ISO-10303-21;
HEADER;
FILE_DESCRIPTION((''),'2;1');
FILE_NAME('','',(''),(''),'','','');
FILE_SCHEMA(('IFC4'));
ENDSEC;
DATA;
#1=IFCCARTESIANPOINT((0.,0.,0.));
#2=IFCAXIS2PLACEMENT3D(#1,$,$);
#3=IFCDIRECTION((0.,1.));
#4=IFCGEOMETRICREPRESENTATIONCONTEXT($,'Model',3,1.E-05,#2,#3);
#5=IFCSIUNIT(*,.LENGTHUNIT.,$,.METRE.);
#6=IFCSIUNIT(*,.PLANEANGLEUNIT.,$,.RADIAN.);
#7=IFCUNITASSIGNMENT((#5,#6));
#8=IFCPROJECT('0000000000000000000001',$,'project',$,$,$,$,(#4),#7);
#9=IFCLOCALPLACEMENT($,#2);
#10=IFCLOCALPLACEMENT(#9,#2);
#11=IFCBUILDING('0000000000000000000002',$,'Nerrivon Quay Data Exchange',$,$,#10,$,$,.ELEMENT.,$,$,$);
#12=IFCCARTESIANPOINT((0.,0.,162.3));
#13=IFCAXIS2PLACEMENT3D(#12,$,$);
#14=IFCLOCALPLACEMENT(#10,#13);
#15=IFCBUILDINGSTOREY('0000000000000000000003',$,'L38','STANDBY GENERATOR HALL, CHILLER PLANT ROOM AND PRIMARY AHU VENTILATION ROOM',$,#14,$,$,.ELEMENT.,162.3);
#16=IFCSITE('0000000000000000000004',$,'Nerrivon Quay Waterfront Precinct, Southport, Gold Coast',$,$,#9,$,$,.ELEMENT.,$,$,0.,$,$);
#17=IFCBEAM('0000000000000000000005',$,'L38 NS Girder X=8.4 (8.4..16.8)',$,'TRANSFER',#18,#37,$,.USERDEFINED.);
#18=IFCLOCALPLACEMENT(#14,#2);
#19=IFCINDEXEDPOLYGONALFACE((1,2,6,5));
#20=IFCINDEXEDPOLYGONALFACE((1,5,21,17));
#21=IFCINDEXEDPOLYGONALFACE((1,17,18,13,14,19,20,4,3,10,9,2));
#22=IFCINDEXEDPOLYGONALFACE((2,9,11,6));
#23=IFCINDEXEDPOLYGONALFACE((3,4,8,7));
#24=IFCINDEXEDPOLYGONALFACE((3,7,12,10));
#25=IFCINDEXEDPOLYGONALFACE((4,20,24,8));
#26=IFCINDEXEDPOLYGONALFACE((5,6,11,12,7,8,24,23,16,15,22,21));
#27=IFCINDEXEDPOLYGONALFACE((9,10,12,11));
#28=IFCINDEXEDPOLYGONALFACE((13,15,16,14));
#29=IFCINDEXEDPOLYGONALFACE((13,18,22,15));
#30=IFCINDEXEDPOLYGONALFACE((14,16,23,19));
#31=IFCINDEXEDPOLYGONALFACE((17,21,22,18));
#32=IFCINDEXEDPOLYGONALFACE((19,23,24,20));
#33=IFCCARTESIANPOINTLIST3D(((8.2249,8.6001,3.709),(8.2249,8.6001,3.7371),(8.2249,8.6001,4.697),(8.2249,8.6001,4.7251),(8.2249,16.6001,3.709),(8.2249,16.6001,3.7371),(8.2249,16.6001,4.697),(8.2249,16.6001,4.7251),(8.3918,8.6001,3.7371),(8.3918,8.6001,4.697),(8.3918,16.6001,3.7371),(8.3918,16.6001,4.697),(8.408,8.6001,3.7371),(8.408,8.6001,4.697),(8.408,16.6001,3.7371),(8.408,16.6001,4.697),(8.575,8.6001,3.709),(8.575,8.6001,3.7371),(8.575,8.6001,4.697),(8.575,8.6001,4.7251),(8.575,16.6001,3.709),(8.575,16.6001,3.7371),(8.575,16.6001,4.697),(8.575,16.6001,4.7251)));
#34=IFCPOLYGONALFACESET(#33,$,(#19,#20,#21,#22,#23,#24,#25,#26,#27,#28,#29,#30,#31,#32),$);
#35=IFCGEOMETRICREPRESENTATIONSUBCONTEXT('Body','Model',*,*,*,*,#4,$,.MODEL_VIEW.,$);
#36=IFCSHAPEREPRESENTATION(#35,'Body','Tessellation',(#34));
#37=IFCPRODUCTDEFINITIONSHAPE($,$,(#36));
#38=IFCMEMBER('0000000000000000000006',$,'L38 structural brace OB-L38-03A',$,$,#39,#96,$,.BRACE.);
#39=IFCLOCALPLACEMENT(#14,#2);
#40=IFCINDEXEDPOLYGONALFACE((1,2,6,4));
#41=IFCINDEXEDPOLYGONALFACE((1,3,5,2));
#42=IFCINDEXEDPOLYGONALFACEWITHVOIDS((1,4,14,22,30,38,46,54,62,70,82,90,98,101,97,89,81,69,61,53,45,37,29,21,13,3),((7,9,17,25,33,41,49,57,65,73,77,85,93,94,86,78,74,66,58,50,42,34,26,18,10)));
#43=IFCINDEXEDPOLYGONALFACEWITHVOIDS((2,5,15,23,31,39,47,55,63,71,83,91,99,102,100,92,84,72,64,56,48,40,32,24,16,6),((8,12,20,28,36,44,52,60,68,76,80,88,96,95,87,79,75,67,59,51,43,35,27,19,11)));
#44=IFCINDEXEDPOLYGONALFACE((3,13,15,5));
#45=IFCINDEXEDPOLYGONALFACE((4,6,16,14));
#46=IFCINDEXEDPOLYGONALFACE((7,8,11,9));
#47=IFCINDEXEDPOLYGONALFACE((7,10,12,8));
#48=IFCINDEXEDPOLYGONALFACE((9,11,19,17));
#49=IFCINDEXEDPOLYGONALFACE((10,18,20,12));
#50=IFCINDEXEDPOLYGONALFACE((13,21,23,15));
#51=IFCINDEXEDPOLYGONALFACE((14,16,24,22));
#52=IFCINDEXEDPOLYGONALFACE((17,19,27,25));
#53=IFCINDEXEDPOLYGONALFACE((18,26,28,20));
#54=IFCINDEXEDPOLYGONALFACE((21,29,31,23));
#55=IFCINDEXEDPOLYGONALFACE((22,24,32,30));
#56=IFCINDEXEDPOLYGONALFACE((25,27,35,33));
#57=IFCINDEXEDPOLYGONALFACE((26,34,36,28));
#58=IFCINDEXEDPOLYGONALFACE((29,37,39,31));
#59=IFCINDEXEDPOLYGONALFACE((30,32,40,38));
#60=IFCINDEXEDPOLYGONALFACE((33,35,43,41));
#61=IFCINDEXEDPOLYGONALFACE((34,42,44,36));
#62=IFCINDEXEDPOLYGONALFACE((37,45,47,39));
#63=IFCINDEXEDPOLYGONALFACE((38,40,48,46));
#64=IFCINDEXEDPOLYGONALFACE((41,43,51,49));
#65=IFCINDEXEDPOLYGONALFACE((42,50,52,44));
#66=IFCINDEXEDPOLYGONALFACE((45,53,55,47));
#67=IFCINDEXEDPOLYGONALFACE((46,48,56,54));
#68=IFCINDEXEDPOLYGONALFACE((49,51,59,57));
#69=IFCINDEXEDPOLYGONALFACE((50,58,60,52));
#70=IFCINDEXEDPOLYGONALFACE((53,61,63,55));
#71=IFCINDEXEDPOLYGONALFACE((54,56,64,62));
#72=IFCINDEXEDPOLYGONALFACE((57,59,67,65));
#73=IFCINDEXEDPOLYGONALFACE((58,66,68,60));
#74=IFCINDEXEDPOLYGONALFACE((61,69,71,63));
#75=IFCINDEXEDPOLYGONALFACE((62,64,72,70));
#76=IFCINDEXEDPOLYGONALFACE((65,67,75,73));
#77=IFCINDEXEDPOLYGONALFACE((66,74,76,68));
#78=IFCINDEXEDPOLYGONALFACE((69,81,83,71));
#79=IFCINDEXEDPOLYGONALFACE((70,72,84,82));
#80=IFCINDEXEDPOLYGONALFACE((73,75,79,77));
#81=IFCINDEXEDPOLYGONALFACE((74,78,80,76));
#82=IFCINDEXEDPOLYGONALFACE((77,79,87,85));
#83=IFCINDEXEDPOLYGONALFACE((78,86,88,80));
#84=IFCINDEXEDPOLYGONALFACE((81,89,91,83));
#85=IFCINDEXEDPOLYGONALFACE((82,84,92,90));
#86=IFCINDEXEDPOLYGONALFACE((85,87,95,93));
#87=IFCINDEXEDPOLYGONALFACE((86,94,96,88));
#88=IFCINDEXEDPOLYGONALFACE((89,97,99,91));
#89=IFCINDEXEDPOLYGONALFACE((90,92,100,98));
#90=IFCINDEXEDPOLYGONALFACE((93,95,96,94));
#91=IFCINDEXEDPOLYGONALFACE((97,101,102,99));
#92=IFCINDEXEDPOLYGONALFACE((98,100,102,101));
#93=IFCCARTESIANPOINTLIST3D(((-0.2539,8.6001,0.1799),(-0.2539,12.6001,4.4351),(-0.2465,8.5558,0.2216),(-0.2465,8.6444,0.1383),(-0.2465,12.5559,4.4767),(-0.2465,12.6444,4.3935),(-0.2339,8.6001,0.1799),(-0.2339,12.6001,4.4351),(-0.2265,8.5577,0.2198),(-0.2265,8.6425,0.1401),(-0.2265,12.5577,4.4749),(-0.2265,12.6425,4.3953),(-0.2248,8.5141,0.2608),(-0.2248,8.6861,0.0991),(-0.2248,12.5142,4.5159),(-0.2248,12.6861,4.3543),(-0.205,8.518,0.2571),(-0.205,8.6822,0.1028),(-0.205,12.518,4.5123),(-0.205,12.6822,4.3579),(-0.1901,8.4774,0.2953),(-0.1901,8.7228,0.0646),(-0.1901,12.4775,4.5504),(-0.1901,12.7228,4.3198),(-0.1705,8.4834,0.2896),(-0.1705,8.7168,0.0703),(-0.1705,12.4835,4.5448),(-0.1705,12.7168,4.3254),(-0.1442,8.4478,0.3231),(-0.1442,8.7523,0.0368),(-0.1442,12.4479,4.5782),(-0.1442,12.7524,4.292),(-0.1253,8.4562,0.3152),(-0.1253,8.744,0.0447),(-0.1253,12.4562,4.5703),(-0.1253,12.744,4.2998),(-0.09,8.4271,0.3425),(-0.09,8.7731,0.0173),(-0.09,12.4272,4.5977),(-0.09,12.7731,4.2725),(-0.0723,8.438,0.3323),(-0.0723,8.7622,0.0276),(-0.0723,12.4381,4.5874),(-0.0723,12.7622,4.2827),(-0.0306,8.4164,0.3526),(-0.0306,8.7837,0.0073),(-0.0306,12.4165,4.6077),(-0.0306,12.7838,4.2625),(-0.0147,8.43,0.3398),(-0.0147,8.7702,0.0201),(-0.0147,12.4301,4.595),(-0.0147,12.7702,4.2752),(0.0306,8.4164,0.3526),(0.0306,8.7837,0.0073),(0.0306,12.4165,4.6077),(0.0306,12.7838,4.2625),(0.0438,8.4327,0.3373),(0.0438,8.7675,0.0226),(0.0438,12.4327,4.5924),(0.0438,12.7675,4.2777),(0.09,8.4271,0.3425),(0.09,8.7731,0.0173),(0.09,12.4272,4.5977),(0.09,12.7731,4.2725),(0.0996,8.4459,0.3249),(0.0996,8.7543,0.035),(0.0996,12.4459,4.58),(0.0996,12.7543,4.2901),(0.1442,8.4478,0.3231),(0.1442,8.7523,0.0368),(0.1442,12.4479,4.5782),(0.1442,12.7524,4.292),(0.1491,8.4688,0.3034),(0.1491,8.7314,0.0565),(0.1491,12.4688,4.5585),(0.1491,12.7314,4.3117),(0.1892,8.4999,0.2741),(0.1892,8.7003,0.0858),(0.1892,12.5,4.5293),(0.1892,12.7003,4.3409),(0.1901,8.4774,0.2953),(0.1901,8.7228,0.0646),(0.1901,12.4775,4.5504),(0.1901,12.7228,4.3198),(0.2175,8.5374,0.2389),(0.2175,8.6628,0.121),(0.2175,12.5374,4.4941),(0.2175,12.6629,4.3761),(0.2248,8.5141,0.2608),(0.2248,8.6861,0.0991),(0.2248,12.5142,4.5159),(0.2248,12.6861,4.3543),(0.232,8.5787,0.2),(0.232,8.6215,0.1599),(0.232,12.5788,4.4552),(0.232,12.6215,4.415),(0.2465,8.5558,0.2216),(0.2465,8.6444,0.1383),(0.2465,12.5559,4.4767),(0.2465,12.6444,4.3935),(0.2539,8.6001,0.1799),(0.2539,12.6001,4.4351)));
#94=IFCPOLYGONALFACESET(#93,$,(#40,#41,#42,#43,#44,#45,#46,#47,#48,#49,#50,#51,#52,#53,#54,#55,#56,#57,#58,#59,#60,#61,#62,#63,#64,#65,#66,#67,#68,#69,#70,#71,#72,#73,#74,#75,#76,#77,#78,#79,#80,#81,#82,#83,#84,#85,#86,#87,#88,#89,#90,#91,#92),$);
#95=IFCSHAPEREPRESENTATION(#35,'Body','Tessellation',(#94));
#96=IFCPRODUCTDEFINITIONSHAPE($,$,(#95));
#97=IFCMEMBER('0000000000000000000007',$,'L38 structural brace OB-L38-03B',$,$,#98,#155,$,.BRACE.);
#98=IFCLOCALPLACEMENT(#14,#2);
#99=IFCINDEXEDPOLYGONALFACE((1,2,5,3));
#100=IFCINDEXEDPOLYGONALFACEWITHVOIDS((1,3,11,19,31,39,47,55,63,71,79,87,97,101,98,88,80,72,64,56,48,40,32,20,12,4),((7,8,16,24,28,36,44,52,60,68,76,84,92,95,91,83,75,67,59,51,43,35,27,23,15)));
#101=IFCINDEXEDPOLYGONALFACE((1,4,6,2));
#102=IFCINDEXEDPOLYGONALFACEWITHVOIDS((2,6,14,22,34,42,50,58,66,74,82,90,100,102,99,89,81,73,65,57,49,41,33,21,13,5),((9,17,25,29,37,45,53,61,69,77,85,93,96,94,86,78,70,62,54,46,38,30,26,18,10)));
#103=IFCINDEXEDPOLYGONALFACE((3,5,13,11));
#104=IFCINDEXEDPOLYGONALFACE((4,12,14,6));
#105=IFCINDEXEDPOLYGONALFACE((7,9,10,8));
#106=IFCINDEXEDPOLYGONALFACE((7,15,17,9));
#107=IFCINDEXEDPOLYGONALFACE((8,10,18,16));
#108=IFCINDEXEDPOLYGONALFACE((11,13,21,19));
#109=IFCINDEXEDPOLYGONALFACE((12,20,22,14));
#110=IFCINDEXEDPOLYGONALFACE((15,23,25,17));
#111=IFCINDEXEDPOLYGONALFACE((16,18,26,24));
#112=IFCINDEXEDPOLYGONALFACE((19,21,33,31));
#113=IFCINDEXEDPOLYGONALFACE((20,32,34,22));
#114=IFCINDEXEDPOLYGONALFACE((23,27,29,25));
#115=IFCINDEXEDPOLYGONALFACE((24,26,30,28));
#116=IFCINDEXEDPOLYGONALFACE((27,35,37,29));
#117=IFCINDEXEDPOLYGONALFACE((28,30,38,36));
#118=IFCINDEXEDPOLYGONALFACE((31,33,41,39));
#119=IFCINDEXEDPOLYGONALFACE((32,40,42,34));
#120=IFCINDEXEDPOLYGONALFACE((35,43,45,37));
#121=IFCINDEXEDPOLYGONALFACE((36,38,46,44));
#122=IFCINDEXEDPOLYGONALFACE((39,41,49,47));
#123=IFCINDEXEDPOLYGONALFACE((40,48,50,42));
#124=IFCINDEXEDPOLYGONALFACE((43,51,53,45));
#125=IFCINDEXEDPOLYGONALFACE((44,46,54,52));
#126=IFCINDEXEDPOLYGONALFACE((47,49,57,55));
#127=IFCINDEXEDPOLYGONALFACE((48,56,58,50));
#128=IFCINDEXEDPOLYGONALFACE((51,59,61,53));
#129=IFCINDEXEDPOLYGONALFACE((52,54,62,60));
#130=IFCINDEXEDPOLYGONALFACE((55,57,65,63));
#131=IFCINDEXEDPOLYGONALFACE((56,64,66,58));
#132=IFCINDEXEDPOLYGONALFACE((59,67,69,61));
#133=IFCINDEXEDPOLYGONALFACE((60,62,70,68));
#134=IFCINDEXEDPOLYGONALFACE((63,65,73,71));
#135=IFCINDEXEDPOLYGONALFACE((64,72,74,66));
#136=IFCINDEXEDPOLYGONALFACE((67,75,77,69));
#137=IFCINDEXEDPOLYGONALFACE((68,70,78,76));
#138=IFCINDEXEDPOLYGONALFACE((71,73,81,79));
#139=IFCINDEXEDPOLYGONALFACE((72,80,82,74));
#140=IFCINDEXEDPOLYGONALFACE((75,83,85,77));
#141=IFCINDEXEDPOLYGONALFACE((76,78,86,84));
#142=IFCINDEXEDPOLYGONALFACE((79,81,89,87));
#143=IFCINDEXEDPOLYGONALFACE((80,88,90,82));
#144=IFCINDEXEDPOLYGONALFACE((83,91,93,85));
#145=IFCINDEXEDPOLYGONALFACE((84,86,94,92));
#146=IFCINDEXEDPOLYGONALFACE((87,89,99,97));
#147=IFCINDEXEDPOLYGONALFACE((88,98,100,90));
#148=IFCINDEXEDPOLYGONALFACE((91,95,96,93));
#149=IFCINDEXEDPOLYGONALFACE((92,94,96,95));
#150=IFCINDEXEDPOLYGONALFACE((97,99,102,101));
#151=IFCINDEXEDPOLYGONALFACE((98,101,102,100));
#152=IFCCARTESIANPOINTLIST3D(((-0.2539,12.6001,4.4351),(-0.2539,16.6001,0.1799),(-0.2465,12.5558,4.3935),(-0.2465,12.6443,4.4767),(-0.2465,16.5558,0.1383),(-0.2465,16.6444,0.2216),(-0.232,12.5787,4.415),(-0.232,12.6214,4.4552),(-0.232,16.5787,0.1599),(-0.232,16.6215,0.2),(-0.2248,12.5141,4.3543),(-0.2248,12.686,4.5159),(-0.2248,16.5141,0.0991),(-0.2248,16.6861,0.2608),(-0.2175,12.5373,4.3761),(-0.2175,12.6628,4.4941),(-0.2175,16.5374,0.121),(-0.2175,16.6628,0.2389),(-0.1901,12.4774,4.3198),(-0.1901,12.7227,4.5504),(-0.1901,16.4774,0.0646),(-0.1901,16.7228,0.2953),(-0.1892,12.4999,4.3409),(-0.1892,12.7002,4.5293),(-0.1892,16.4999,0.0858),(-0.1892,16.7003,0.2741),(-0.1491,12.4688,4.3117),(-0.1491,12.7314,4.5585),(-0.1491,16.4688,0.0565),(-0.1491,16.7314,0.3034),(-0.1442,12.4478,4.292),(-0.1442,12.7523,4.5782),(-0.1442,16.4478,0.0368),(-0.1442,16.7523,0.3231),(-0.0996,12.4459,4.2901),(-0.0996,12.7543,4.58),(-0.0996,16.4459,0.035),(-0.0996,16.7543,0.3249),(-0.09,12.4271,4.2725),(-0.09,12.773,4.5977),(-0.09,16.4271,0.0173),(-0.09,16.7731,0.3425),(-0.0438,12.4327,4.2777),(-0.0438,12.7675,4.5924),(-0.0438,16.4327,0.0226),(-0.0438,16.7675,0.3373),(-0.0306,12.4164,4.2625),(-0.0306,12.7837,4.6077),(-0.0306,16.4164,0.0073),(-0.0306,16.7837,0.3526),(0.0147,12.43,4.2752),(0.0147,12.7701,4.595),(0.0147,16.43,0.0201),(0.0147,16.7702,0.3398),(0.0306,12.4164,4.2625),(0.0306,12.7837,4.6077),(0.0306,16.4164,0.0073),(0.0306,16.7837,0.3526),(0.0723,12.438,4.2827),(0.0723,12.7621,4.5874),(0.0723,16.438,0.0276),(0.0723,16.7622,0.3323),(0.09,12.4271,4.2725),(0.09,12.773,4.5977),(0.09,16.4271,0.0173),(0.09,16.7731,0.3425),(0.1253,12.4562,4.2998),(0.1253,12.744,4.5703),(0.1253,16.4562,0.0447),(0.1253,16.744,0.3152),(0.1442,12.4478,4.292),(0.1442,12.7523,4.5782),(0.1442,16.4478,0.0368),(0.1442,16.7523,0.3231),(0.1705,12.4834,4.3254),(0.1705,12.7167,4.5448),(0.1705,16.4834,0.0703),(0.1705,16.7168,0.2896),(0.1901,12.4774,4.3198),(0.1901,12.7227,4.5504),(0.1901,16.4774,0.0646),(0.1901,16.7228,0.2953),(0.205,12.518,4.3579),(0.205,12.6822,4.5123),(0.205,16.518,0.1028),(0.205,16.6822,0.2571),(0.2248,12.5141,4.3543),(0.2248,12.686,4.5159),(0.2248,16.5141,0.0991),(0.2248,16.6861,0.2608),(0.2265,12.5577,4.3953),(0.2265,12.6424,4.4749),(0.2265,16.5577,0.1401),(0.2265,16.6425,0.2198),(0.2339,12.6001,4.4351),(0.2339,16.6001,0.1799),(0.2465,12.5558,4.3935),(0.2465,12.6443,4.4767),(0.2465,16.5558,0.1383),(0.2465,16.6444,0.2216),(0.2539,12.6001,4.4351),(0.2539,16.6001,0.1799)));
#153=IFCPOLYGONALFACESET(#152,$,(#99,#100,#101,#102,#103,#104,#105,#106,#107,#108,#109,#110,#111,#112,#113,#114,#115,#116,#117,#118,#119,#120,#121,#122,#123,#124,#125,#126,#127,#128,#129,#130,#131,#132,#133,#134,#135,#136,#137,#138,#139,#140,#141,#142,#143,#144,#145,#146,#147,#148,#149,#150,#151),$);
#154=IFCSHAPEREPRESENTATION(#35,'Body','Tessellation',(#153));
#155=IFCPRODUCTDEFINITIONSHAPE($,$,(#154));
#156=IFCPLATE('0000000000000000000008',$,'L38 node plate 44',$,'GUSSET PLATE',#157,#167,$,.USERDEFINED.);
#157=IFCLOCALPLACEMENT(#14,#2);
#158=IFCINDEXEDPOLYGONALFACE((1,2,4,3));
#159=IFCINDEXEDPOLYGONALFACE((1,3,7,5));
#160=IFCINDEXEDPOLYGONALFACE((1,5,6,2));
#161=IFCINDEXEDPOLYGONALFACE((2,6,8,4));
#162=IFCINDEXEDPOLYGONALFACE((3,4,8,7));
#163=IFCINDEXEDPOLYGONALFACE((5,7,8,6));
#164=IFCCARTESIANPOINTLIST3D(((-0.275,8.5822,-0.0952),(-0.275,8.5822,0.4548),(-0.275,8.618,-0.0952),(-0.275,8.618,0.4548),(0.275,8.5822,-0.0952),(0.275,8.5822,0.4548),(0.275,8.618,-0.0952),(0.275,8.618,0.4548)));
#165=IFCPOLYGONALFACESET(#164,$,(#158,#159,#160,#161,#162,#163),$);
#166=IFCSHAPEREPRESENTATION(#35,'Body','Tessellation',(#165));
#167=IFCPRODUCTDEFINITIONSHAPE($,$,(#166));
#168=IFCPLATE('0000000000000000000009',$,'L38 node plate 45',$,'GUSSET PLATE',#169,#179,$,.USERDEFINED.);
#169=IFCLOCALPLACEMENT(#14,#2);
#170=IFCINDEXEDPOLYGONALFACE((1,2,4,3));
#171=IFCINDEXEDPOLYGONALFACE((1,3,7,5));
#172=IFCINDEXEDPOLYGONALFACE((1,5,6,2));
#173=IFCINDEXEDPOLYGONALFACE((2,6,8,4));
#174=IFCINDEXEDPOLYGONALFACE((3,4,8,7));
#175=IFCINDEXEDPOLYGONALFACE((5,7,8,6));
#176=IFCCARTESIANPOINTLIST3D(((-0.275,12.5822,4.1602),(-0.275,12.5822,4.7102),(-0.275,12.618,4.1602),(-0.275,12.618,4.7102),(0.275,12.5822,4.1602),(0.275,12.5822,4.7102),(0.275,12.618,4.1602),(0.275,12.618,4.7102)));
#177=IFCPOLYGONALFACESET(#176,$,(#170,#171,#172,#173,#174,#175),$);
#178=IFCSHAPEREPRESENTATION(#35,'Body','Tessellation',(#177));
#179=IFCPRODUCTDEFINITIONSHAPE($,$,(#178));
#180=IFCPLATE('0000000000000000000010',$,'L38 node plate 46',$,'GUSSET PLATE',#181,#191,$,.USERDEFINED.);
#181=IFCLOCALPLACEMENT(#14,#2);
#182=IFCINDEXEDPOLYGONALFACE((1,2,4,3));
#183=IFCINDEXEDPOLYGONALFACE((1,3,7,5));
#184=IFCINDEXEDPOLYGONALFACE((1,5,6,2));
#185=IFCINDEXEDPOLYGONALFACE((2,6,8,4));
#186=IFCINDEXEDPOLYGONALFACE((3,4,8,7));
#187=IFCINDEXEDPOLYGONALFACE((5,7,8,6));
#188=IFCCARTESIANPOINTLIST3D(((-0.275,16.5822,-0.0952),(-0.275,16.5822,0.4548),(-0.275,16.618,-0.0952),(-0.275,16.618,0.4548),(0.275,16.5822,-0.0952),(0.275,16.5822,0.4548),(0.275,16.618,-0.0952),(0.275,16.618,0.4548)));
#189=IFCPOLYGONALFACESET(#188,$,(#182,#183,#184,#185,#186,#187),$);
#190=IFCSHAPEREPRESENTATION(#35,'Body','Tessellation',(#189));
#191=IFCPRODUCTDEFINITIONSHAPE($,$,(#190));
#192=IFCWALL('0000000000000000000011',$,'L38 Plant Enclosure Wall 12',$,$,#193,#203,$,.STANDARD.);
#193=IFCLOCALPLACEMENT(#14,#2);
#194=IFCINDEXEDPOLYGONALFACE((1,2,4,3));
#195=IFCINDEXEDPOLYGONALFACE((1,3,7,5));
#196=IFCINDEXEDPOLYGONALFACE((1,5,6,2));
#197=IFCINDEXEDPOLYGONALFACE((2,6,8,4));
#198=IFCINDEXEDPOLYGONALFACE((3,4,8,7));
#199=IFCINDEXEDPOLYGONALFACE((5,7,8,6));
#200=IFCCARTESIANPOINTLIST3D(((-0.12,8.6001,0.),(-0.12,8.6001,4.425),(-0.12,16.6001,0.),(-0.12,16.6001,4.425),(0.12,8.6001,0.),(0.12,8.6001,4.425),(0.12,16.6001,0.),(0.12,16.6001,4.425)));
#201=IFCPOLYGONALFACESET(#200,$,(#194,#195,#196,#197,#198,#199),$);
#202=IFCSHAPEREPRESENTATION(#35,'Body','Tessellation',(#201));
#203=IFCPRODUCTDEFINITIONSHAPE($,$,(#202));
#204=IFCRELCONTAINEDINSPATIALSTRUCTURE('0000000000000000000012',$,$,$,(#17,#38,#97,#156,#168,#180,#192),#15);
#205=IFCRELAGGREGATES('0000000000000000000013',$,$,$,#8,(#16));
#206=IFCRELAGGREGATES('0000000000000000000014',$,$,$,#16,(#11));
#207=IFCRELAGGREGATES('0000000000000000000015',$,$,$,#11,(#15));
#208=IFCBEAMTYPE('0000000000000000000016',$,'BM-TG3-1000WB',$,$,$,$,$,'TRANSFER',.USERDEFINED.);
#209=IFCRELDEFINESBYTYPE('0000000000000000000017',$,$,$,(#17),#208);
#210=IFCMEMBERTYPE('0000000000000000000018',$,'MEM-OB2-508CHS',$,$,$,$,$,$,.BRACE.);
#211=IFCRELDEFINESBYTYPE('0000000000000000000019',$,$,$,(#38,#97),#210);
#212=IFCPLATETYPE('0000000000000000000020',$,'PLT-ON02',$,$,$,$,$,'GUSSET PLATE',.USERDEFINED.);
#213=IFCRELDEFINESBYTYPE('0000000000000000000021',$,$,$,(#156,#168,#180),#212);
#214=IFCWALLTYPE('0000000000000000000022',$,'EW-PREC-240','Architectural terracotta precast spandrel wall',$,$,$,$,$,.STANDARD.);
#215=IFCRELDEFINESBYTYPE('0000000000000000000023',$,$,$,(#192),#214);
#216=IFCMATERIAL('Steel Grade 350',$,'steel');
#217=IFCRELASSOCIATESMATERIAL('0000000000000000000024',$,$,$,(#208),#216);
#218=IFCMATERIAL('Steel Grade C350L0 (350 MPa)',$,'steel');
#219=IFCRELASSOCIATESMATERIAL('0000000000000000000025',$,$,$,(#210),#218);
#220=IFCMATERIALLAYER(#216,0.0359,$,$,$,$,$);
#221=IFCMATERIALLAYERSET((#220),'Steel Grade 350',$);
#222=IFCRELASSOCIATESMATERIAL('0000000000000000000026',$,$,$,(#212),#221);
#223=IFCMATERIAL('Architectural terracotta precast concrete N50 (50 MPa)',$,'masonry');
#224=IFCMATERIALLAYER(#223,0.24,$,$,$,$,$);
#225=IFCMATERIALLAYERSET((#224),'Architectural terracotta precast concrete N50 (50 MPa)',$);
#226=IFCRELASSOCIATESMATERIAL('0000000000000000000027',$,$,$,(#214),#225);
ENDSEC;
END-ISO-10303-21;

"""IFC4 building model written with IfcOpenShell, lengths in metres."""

from ifc_helpers import new_model, si_unit, direction, frame, frame_2d, origin, origin_2d, place, context, subcontext, project, spatial, rectangle, hollow_circle, i_section, extrude, material, layer, layer_set, material_profile, profile_set, type_object, element, save


model = new_model("IFC4")

# Units and contexts
model_context = context("Model", 3, precision=1e-05, world=origin(), true_north=direction((0.0, 1.0)))
body_context = subcontext(model_context, "Body", "Model", "MODEL_VIEW")
ifc_project = project(units=[si_unit("LENGTHUNIT", "METRE"), si_unit("PLANEANGLEUNIT", "RADIAN")], contexts=[model_context])

# Site, building, storey
site_placement = place(None, origin())
site = spatial("IfcSite", under=ifc_project, at=site_placement, Name="Nerrivon Quay Waterfront Precinct, Southport, Gold Coast", CompositionType="ELEMENT", RefElevation=0.0)
building_placement = place(site_placement, origin())
building = spatial("IfcBuilding", under=site, at=building_placement, Name="Nerrivon Quay Data Exchange", CompositionType="ELEMENT")
storey_placement = place(building_placement, frame((0.0, 0.0, 162.3)))
storey = spatial("IfcBuildingStorey", under=building, at=storey_placement, Name="L38", Description="STANDBY GENERATOR HALL, CHILLER PLANT ROOM AND PRIMARY AHU VENTILATION ROOM", CompositionType="ELEMENT", Elevation=162.3)

# Shared definitions
ifc_material_1 = material(Name="Steel Grade 350", Category="steel")

# Beam
ifc_material_2 = material(Name="Steel Grade C350L0 (350 MPa)", Category="steel")
ifc_material_profile_1 = material_profile(ifc_material_1, i_section(OverallWidth=0.3501, OverallDepth=1.0161, WebThickness=0.0161, FlangeThickness=0.0281, at=origin_2d()), Name="1000WB258")
ifc_profile_set_1 = profile_set([ifc_material_profile_1], Name="Steel Grade 350")
beam_type_1 = type_object("IfcBeamType", Name="BM-TG3-1000WB", ElementType="TRANSFER", PredefinedType="USERDEFINED", material=ifc_profile_set_1)
beam_1_placement = place(storey_placement, frame((8.3999, 8.6001, 4.217), z_axis=(0.0, 1.0, 0.0), x_axis=(-1.0, 0.0, 0.0)))
element("IfcBeam", 1, at=beam_1_placement, inside=storey, type_object=beam_type_1, Name="L38 NS Girder X=8.4 (8.4..16.8)", ObjectType="TRANSFER", PredefinedType="USERDEFINED", context=body_context, shape_type="SweptSolid", body=[
    extrude(i_section(OverallWidth=0.3501, OverallDepth=1.0161, WebThickness=0.0161, FlangeThickness=0.0281, at=origin_2d()), origin(), (0.0, 0.0, 1.0), 8.0),
])

# Members
ifc_material_profile_2 = material_profile(ifc_material_2, hollow_circle(Radius=0.2539, WallThickness=0.02, at=origin_2d()), Name="508.0x20.0CHS")
ifc_profile_set_2 = profile_set([ifc_material_profile_2], Name="Steel Grade C350L0 (350 MPa)")
member_type = type_object("IfcMemberType", Name="MEM-OB2-508CHS", PredefinedType="BRACE", material=ifc_profile_set_2)
for number, where, z_axis, x_axis, name in (
    (2, (0.0, 8.6001, 0.1799), (0.0, 0.684926, 0.728612), (-1.0, 0.0, 0.0), "L38 structural brace OB-L38-03A"),
    (3, (0.0, 16.6001, 0.1799), (0.0, -0.684926, 0.728612), (1.0, 0.0, 0.0), "L38 structural brace OB-L38-03B"),
):
    element("IfcMember", number, at=place(storey_placement, frame(where, z_axis=z_axis, x_axis=x_axis)), inside=storey, type_object=member_type, Name=name, PredefinedType="BRACE", context=body_context, shape_type="SweptSolid", body=[
        extrude(hollow_circle(Radius=0.2539, WallThickness=0.02, at=origin_2d()), origin(), (0.0, 0.0, 1.0), 5.8401),
    ])

# Plates
ifc_layer_1 = layer(ifc_material_1, 0.0359)
ifc_layer_set_1 = layer_set([ifc_layer_1], Name="Steel Grade 350")
plate_type = type_object("IfcPlateType", Name="PLT-ON02", ElementType="GUSSET PLATE", PredefinedType="USERDEFINED", material=ifc_layer_set_1)
for number, where, z_axis, x_axis, name in (
    (4, (0.0, 8.6001, -0.0952), (0.0, 0.0, 1.0), (1.0, 0.0, 0.0), "L38 node plate 44"),
    (5, (0.0, 12.6001, 4.1602), (0.0, 0.0, 1.0), (1.0, 0.0, 0.0), "L38 node plate 45"),
    (6, (0.0, 16.6001, -0.0952), (0.0, 0.0, 1.0), (1.0, 0.0, 0.0), "L38 node plate 46"),
):
    element("IfcPlate", number, at=place(storey_placement, frame(where, z_axis=z_axis, x_axis=x_axis)), inside=storey, type_object=plate_type, Name=name, ObjectType="GUSSET PLATE", PredefinedType="USERDEFINED", context=body_context, shape_type="SweptSolid", body=[
        extrude(rectangle(XDim=0.55, YDim=0.0359, at=origin_2d()), origin(), (0.0, 0.0, 1.0), 0.55),
    ])

# Wall
ifc_material_3 = material(Name="Architectural terracotta precast concrete N50 (50 MPa)", Category="masonry")
ifc_layer_2 = layer(ifc_material_3, 0.24)
ifc_layer_set_2 = layer_set([ifc_layer_2], Name="Architectural terracotta precast concrete N50 (50 MPa)")
wall_type = type_object("IfcWallType", Name="EW-PREC-240", Description="Architectural terracotta precast spandrel wall", PredefinedType="STANDARD", material=ifc_layer_set_2)
wall_placement = place(storey_placement, frame((0.0, 8.6001, 0.0), z_axis=(0.0, 0.0, 1.0), x_axis=(0.0, 1.0, 0.0)))
element("IfcWall", 7, at=wall_placement, inside=storey, type_object=wall_type, Name="L38 Plant Enclosure Wall 12", PredefinedType="STANDARD", context=body_context, shape_type="SweptSolid", body=[
    extrude(rectangle(XDim=8.0, YDim=0.24, at=frame_2d((4.0, 0.0))), origin(), (0.0, 0.0, 1.0), 4.425),
])

save(model, "model.ifc")
